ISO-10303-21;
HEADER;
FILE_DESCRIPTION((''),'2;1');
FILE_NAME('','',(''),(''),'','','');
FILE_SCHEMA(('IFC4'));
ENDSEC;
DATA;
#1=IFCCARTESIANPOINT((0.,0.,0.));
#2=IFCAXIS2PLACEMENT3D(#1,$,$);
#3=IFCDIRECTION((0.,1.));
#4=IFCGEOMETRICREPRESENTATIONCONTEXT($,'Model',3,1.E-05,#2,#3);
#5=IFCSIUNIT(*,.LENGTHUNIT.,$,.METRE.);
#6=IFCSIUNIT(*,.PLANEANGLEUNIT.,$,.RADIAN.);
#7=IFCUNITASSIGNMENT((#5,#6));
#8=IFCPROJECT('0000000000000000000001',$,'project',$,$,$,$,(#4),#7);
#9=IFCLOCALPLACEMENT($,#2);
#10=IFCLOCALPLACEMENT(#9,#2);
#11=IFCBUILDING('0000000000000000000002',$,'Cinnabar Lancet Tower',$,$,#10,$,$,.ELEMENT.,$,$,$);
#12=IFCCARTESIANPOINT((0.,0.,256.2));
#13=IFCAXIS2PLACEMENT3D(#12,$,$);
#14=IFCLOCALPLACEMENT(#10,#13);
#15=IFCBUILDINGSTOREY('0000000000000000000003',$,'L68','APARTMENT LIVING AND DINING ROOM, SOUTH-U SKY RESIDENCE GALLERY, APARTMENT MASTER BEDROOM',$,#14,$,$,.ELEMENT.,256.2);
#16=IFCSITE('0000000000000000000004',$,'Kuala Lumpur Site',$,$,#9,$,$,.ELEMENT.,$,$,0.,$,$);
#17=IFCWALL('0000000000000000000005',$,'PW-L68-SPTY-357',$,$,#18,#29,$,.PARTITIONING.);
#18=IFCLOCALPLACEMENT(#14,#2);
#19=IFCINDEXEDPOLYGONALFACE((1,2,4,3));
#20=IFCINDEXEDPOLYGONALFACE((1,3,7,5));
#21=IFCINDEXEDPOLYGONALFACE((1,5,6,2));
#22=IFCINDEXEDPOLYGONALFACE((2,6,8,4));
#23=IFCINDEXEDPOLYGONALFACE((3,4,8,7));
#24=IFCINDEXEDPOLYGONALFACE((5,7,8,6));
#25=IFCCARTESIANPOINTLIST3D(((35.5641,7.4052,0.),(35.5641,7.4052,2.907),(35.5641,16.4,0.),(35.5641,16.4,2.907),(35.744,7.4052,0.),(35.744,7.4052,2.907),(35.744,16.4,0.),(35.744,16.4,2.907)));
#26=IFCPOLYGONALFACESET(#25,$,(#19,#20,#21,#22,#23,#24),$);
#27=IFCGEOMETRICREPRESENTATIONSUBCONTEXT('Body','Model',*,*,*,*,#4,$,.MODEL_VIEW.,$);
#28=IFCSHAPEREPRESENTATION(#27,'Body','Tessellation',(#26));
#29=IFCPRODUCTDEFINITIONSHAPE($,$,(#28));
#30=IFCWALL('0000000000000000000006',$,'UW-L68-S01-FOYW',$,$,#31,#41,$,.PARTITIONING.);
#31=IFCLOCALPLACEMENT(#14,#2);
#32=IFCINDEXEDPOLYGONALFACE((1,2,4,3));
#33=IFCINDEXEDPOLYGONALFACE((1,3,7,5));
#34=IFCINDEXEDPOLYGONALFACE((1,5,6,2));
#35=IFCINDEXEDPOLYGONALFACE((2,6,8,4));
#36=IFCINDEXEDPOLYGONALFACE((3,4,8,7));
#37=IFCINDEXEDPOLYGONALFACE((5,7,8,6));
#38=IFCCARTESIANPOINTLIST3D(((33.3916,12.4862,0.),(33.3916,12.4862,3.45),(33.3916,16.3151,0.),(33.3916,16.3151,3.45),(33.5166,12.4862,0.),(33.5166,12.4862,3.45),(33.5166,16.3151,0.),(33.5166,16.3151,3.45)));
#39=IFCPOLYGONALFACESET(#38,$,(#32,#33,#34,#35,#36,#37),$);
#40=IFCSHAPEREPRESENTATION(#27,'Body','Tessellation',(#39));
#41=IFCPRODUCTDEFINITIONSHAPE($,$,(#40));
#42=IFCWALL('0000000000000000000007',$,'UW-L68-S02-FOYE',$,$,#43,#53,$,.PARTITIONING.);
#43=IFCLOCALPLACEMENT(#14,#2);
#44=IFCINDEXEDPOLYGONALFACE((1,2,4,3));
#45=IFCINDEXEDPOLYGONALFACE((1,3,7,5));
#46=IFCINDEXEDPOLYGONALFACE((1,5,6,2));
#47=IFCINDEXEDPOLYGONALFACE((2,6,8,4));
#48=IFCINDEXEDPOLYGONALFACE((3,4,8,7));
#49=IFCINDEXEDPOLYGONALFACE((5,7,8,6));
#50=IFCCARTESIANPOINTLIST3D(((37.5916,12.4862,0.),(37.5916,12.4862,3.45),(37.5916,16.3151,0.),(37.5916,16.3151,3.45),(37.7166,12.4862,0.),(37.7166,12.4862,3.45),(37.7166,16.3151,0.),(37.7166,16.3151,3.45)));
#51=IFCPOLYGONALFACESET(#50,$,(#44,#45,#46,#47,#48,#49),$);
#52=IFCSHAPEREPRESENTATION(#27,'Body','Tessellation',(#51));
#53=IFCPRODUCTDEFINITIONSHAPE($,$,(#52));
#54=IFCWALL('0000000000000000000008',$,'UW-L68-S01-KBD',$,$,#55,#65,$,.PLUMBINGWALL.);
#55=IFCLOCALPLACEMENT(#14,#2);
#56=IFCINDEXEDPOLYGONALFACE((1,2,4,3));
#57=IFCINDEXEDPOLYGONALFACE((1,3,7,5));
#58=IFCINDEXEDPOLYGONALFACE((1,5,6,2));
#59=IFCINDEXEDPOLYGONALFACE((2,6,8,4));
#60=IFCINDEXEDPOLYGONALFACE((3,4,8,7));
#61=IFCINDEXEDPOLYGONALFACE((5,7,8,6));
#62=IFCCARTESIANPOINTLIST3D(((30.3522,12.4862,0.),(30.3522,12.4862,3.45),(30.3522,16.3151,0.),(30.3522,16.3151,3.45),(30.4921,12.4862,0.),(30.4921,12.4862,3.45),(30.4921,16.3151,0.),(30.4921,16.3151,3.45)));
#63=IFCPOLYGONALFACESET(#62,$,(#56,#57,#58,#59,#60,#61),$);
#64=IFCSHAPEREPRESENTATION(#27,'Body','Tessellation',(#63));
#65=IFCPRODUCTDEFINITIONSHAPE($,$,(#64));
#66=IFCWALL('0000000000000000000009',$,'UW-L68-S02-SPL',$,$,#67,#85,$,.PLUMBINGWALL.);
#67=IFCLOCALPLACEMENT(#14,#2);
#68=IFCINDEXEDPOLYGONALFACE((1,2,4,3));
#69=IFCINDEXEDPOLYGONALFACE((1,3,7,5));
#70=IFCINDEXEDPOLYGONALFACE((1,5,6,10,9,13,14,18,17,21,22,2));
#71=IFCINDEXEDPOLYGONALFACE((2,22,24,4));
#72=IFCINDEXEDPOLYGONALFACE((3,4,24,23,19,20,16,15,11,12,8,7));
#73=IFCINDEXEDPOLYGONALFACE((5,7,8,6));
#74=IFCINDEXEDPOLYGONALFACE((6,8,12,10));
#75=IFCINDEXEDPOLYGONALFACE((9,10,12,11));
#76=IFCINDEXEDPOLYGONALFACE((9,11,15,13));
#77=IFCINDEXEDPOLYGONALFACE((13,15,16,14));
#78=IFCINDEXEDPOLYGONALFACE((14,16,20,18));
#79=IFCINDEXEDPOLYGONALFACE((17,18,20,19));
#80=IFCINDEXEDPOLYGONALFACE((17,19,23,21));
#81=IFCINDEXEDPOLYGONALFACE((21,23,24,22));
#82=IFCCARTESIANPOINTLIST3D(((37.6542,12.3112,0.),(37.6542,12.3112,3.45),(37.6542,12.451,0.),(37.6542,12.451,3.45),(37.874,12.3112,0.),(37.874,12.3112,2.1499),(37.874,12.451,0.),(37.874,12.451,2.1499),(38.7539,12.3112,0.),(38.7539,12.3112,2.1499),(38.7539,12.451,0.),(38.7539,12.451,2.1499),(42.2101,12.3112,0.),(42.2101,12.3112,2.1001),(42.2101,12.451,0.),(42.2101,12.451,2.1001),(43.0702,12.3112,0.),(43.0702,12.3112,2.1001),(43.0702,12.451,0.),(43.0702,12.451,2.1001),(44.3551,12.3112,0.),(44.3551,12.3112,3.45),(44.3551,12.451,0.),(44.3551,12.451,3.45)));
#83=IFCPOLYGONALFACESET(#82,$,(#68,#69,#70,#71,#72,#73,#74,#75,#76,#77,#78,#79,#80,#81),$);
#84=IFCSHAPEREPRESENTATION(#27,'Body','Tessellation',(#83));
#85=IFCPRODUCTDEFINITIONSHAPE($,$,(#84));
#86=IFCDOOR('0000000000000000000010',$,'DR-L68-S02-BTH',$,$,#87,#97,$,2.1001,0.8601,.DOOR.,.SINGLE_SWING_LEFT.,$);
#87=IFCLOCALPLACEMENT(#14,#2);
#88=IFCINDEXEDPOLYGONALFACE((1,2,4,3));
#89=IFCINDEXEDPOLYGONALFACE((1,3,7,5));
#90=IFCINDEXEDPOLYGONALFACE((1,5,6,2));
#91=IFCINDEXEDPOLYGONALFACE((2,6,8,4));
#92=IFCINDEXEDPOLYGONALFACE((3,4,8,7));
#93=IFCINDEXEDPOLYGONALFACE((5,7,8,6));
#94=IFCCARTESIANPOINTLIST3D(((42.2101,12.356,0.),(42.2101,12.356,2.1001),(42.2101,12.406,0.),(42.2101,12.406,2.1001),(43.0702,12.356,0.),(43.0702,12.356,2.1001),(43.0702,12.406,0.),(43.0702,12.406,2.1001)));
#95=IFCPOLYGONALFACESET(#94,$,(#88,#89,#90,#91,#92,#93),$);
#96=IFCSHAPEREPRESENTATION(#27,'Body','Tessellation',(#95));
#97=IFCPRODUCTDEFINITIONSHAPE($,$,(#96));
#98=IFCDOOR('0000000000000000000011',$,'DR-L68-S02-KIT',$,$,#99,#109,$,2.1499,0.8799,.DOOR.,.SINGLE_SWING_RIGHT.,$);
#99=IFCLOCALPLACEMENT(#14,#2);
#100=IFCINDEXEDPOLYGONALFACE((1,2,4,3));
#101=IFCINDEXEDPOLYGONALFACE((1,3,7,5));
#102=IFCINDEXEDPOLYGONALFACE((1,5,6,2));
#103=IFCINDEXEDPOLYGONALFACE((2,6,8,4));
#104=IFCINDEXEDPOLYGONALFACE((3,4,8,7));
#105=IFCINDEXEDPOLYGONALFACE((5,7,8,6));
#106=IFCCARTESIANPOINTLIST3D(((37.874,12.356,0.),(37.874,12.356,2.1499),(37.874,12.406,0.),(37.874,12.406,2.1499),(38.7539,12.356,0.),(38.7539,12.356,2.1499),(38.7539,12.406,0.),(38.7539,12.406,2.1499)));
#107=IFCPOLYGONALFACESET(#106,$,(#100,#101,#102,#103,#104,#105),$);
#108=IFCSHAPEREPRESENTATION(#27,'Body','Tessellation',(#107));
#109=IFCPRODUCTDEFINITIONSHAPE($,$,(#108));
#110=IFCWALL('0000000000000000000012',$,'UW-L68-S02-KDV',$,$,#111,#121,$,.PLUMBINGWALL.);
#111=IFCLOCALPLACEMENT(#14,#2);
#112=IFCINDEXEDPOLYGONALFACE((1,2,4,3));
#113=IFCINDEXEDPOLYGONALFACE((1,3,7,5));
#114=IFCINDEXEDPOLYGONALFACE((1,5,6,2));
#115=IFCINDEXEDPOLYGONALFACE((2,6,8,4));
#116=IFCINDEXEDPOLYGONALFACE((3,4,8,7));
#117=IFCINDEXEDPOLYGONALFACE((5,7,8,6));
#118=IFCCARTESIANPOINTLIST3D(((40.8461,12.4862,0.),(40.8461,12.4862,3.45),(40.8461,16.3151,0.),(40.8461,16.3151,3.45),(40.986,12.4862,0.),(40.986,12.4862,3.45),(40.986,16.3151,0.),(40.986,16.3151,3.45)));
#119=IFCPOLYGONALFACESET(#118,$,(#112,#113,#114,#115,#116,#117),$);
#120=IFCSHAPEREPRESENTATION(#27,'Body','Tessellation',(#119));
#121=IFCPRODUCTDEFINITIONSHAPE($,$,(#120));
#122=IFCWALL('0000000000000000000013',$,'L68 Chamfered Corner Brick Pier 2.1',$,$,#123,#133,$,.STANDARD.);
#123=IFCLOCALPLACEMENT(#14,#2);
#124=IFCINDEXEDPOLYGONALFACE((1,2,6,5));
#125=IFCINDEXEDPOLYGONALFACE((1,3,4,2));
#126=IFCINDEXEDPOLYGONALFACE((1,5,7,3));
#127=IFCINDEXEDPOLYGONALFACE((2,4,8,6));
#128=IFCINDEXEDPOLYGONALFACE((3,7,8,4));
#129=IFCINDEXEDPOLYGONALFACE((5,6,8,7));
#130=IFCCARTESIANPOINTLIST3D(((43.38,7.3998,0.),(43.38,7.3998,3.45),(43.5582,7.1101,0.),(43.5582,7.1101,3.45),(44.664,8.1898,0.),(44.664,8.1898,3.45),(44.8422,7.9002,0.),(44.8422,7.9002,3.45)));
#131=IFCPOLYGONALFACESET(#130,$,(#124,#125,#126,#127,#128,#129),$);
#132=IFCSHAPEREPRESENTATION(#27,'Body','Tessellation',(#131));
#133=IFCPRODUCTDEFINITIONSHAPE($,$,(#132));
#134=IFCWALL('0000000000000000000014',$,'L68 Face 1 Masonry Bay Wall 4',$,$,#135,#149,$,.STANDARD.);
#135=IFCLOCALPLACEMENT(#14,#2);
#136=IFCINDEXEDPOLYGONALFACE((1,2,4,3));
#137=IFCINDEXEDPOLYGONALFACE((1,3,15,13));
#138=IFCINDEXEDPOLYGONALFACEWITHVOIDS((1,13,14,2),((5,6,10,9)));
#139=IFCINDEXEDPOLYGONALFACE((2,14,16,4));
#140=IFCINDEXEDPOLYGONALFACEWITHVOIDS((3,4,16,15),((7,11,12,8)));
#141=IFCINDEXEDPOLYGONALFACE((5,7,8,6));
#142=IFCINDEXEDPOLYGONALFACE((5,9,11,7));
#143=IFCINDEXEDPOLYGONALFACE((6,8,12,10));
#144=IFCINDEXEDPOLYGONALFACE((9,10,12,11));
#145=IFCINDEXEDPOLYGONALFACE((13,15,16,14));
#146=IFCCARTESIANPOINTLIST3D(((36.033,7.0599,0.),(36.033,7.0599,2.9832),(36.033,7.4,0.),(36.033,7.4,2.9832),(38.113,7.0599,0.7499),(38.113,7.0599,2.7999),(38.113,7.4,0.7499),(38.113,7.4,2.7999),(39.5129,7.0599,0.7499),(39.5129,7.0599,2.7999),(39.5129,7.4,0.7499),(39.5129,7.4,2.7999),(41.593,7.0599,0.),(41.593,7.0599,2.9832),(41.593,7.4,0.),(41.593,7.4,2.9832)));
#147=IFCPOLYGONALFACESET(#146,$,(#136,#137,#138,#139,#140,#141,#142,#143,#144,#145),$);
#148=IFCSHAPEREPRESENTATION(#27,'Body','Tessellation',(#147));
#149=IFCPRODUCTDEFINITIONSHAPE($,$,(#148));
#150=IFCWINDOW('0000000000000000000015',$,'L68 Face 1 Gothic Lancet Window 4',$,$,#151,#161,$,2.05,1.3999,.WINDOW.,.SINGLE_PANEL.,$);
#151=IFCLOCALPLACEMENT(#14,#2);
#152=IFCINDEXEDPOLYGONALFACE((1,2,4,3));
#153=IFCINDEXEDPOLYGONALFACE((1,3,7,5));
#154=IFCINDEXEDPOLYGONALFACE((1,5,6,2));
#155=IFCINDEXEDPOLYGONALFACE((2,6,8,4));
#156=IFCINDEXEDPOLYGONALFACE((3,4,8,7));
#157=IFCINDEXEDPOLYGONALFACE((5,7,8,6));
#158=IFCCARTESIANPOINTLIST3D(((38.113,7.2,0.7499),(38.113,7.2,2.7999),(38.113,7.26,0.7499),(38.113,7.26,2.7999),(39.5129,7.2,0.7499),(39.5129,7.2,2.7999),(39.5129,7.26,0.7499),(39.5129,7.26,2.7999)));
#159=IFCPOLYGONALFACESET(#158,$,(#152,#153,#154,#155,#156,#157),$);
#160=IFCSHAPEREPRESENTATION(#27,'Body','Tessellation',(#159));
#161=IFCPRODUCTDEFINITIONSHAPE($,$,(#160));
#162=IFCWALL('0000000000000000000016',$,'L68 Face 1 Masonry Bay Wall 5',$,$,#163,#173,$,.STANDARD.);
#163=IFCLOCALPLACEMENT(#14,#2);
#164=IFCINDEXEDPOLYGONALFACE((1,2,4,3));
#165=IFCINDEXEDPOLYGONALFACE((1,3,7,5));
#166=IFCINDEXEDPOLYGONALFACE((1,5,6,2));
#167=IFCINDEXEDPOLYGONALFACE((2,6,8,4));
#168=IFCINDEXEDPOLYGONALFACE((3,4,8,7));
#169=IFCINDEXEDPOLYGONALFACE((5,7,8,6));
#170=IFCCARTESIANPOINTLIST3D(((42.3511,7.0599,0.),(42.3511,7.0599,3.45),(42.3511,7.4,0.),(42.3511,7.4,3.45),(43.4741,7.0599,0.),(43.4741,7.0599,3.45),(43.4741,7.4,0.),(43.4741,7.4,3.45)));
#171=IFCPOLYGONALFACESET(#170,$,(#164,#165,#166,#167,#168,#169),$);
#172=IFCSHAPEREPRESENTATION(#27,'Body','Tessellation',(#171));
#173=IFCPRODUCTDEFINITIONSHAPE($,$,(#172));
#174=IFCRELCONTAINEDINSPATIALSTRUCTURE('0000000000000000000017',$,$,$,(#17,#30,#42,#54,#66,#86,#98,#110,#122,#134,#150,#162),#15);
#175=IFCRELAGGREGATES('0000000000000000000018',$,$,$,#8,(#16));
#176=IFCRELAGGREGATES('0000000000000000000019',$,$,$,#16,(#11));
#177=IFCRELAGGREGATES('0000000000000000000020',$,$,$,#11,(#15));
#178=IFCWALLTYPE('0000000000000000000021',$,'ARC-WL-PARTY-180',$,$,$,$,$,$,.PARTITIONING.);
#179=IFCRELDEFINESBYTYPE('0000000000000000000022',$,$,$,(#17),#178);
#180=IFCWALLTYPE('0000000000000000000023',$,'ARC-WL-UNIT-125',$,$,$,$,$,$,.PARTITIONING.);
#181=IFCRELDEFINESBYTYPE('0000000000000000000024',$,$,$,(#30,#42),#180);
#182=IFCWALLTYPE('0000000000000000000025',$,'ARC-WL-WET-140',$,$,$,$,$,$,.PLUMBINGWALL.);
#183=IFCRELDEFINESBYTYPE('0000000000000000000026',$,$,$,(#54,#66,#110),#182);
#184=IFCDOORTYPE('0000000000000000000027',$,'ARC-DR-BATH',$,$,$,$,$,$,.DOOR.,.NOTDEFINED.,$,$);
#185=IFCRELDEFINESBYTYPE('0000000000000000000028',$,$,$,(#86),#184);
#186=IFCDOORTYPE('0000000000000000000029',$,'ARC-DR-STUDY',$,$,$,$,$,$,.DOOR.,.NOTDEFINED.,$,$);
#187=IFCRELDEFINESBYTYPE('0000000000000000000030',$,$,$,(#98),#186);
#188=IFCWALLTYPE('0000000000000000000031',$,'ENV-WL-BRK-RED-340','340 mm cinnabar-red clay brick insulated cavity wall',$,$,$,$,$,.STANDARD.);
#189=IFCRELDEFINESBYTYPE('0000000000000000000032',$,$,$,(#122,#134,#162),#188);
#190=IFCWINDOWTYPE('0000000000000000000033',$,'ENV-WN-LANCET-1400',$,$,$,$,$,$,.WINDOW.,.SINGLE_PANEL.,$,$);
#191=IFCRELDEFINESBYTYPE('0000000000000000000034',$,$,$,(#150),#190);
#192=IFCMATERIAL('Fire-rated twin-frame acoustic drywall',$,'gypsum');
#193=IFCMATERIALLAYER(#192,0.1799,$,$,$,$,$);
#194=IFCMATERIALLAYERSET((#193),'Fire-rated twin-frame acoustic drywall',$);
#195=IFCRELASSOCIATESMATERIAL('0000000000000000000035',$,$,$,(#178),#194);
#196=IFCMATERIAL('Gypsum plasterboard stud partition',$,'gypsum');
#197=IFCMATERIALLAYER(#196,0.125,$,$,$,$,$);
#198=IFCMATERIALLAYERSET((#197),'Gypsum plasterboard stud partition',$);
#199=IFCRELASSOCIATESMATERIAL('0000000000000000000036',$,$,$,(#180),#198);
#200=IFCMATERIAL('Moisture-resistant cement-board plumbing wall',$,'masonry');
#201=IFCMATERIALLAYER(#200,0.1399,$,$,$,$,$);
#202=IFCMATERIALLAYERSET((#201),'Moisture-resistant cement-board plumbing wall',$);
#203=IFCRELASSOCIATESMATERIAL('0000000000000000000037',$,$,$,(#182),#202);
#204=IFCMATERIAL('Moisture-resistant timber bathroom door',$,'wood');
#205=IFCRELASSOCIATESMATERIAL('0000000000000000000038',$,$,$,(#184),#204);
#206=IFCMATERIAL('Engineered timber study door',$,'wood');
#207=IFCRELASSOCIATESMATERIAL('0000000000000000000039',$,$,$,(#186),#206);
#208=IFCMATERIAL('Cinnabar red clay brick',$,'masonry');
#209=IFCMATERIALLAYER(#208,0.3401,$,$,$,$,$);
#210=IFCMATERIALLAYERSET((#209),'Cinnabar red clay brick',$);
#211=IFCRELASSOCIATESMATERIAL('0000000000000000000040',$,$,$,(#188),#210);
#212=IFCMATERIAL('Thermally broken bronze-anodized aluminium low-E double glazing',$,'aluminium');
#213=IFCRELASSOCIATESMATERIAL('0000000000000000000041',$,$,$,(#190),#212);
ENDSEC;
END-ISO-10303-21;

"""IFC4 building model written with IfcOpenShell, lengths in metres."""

from ifc_helpers import new_model, si_unit, direction, frame, frame_2d, origin, place, context, subcontext, project, spatial, rectangle, extrude, material, layer, layer_set, type_object, element, fill, save


model = new_model("IFC4")

# Units and contexts
model_context = context("Model", 3, precision=1e-05, world=origin(), true_north=direction((0.0, 1.0)))
body_context = subcontext(model_context, "Body", "Model", "MODEL_VIEW")
ifc_project = project(units=[si_unit("LENGTHUNIT", "METRE"), si_unit("PLANEANGLEUNIT", "RADIAN")], contexts=[model_context])

# Site, building, storey
site_placement = place(None, origin())
site = spatial("IfcSite", under=ifc_project, at=site_placement, Name="Kuala Lumpur Site", CompositionType="ELEMENT", RefElevation=0.0)
building_placement = place(site_placement, origin())
building = spatial("IfcBuilding", under=site, at=building_placement, Name="Cinnabar Lancet Tower", CompositionType="ELEMENT")
storey_placement = place(building_placement, frame((0.0, 0.0, 256.2)))
storey = spatial("IfcBuildingStorey", under=building, at=storey_placement, Name="L68", Description="APARTMENT LIVING AND DINING ROOM, SOUTH-U SKY RESIDENCE GALLERY, APARTMENT MASTER BEDROOM", CompositionType="ELEMENT", Elevation=256.2)

# Walls
ifc_material_1 = material(Name="Fire-rated twin-frame acoustic drywall", Category="gypsum")
ifc_layer_1 = layer(ifc_material_1, 0.1799)
ifc_layer_set_1 = layer_set([ifc_layer_1], Name="Fire-rated twin-frame acoustic drywall")
wall_type_1 = type_object("IfcWallType", Name="ARC-WL-PARTY-180", PredefinedType="PARTITIONING", material=ifc_layer_set_1)
wall_1_placement = place(storey_placement, frame((35.6541, 7.405, 0.0), z_axis=(0.0, 0.0, 1.0), x_axis=(0.0, 1.0, 0.0)))
element("IfcWall", 1, at=wall_1_placement, inside=storey, type_object=wall_type_1, Name="PW-L68-SPTY-357", PredefinedType="PARTITIONING", context=body_context, shape_type="SweptSolid", body=[
    extrude(rectangle(XDim=8.9949, YDim=0.1799, at=frame_2d((4.4976, 0.0))), origin(), (0.0, 0.0, 1.0), 2.907),
])
ifc_material_2 = material(Name="Gypsum plasterboard stud partition", Category="gypsum")
ifc_layer_2 = layer(ifc_material_2, 0.125)
ifc_layer_set_2 = layer_set([ifc_layer_2], Name="Gypsum plasterboard stud partition")
wall_type_2 = type_object("IfcWallType", Name="ARC-WL-UNIT-125", PredefinedType="PARTITIONING", material=ifc_layer_set_2)
for number, where, z_axis, x_axis, name in (
    (2, (33.4541, 12.4861, 0.0), (0.0, 0.0, 1.0), (0.0, 1.0, 0.0), "UW-L68-S01-FOYW"),
    (3, (37.6541, 12.4861, 0.0), (0.0, 0.0, 1.0), (0.0, 1.0, 0.0), "UW-L68-S02-FOYE"),
):
    element("IfcWall", number, at=place(storey_placement, frame(where, z_axis=z_axis, x_axis=x_axis)), inside=storey, type_object=wall_type_2, Name=name, PredefinedType="PARTITIONING", context=body_context, shape_type="SweptSolid", body=[
        extrude(rectangle(XDim=3.8289, YDim=0.125, at=frame_2d((1.9146, 0.0))), origin(), (0.0, 0.0, 1.0), 3.45),
    ])
ifc_material_3 = material(Name="Moisture-resistant cement-board plumbing wall", Category="masonry")
ifc_layer_3 = layer(ifc_material_3, 0.1399)
ifc_layer_set_3 = layer_set([ifc_layer_3], Name="Moisture-resistant cement-board plumbing wall")
wall_type_3 = type_object("IfcWallType", Name="ARC-WL-WET-140", PredefinedType="PLUMBINGWALL", material=ifc_layer_set_3)
wall_2_placement = place(storey_placement, frame((30.4221, 12.4861, 0.0), z_axis=(0.0, 0.0, 1.0), x_axis=(0.0, 1.0, 0.0)))
element("IfcWall", 4, at=wall_2_placement, inside=storey, type_object=wall_type_3, Name="UW-L68-S01-KBD", PredefinedType="PLUMBINGWALL", context=body_context, shape_type="SweptSolid", body=[
    extrude(rectangle(XDim=3.8289, YDim=0.1399, at=frame_2d((1.9146, 0.0))), origin(), (0.0, 0.0, 1.0), 3.45),
])

# Wall, openings, doors
wall_3_placement = place(storey_placement, frame((37.6541, 12.3811, 0.0), z_axis=(0.0, 0.0, 1.0), x_axis=(1.0, 0.0, 0.0)))
wall_3 = element("IfcWall", 5, at=wall_3_placement, inside=storey, type_object=wall_type_3, Name="UW-L68-S02-SPL", PredefinedType="PLUMBINGWALL", context=body_context, shape_type="SweptSolid", body=[
    extrude(rectangle(XDim=6.7009, YDim=0.1399, at=frame_2d((3.3506, 0.0))), origin(), (0.0, 0.0, 1.0), 3.45),
])
opening_1_placement = place(wall_3_placement, frame((4.5559, 0.0, 0.0)))
opening_1 = element("IfcOpeningElement", 6, at=opening_1_placement, cuts=wall_3, PredefinedType="OPENING", context=body_context, shape_type="SweptSolid", body=[
    extrude(rectangle(XDim=0.8601, YDim=2.1001, at=frame_2d((0.4302, 1.05))), frame((0.0, 0.0798, 0.0), z_axis=(0.0, -1.0, 0.0), x_axis=(1.0, 0.0, 0.0)), (0.0, 0.0, 1.0), 0.1599),
])
opening_2_placement = place(wall_3_placement, frame((0.22, 0.0, 0.0)))
opening_2 = element("IfcOpeningElement", 7, at=opening_2_placement, cuts=wall_3, PredefinedType="OPENING", context=body_context, shape_type="SweptSolid", body=[
    extrude(rectangle(XDim=0.8799, YDim=2.1499, at=frame_2d((0.4399, 1.075))), frame((0.0, 0.0798, 0.0), z_axis=(0.0, -1.0, 0.0), x_axis=(1.0, 0.0, 0.0)), (0.0, 0.0, 1.0), 0.1599),
])
ifc_material_4 = material(Name="Moisture-resistant timber bathroom door", Category="wood")
door_type_1 = type_object("IfcDoorType", Name="ARC-DR-BATH", OperationType="NOTDEFINED", PredefinedType="DOOR", material=ifc_material_4)
door_1_placement = place(opening_1_placement, origin())
door_1 = element("IfcDoor", 8, at=door_1_placement, inside=storey, type_object=door_type_1, Name="DR-L68-S02-BTH", OperationType="SINGLE_SWING_LEFT", OverallHeight=2.1001, OverallWidth=0.8601, PredefinedType="DOOR", context=body_context, shape_type="SweptSolid", body=[
    extrude(rectangle(XDim=0.8601, YDim=2.1001, at=frame_2d((0.4302, 1.05))), frame((0.0, 0.0249, 0.0), z_axis=(0.0, -1.0, 0.0), x_axis=(1.0, 0.0, 0.0)), (0.0, 0.0, 1.0), 0.05),
])
fill(opening_1, door_1)
ifc_material_5 = material(Name="Engineered timber study door", Category="wood")
door_type_2 = type_object("IfcDoorType", Name="ARC-DR-STUDY", OperationType="NOTDEFINED", PredefinedType="DOOR", material=ifc_material_5)
door_2_placement = place(opening_2_placement, origin())
door_2 = element("IfcDoor", 9, at=door_2_placement, inside=storey, type_object=door_type_2, Name="DR-L68-S02-KIT", OperationType="SINGLE_SWING_RIGHT", OverallHeight=2.1499, OverallWidth=0.8799, PredefinedType="DOOR", context=body_context, shape_type="SweptSolid", body=[
    extrude(rectangle(XDim=0.8799, YDim=2.1499, at=frame_2d((0.4399, 1.075))), frame((0.0, 0.0249, 0.0), z_axis=(0.0, -1.0, 0.0), x_axis=(1.0, 0.0, 0.0)), (0.0, 0.0, 1.0), 0.05),
])
fill(opening_2, door_2)

# Walls
wall_4_placement = place(storey_placement, frame((40.916, 12.4861, 0.0), z_axis=(0.0, 0.0, 1.0), x_axis=(0.0, 1.0, 0.0)))
element("IfcWall", 10, at=wall_4_placement, inside=storey, type_object=wall_type_3, Name="UW-L68-S02-KDV", PredefinedType="PLUMBINGWALL", context=body_context, shape_type="SweptSolid", body=[
    extrude(rectangle(XDim=3.8289, YDim=0.1399, at=frame_2d((1.9146, 0.0))), origin(), (0.0, 0.0, 1.0), 3.45),
])
ifc_material_6 = material(Name="Cinnabar red clay brick", Category="masonry")
ifc_layer_4 = layer(ifc_material_6, 0.3401)
ifc_layer_set_4 = layer_set([ifc_layer_4], Name="Cinnabar red clay brick")
wall_type_4 = type_object("IfcWallType", Name="ENV-WL-BRK-RED-340", Description="340 mm cinnabar-red clay brick insulated cavity wall", PredefinedType="STANDARD", material=ifc_layer_set_4)
wall_5_placement = place(storey_placement, frame((43.469, 7.2549, 0.0), z_axis=(0.0, 0.0, 1.0), x_axis=(0.851681, 0.524061, 0.0)))
element("IfcWall", 11, at=wall_5_placement, inside=storey, type_object=wall_type_4, Name="L68 Chamfered Corner Brick Pier 2.1", PredefinedType="STANDARD", context=body_context, shape_type="SweptSolid", body=[
    extrude(rectangle(XDim=1.5076, YDim=0.3401, at=frame_2d((0.7539, 0.0))), origin(), (0.0, 0.0, 1.0), 3.45),
])

# Wall, opening, window
wall_6_placement = place(storey_placement, frame((36.033, 7.23, 0.0), z_axis=(0.0, 0.0, 1.0), x_axis=(1.0, 0.0, 0.0)))
wall_6 = element("IfcWall", 12, at=wall_6_placement, inside=storey, type_object=wall_type_4, Name="L68 Face 1 Masonry Bay Wall 4", PredefinedType="STANDARD", context=body_context, shape_type="SweptSolid", body=[
    extrude(rectangle(XDim=5.5601, YDim=0.3401, at=frame_2d((2.78, 0.0))), origin(), (0.0, 0.0, 1.0), 2.9832),
])
opening_3_placement = place(wall_6_placement, frame((2.0801, 0.0, 0.75)))
opening_3 = element("IfcOpeningElement", 13, at=opening_3_placement, cuts=wall_6, PredefinedType="OPENING", context=body_context, shape_type="SweptSolid", body=[
    extrude(rectangle(XDim=1.3999, YDim=2.05, at=frame_2d((0.7, 1.0249))), frame((0.0, 0.1799, 0.0), z_axis=(0.0, -1.0, 0.0), x_axis=(1.0, 0.0, 0.0)), (0.0, 0.0, 1.0), 0.3601),
])
ifc_material_7 = material(Name="Thermally broken bronze-anodized aluminium low-E double glazing", Category="aluminium")
window_type = type_object("IfcWindowType", Name="ENV-WN-LANCET-1400", PartitioningType="SINGLE_PANEL", PredefinedType="WINDOW", material=ifc_material_7)
window_placement = place(opening_3_placement, origin())
window = element("IfcWindow", 14, at=window_placement, inside=storey, type_object=window_type, Name="L68 Face 1 Gothic Lancet Window 4", OverallHeight=2.05, OverallWidth=1.3999, PartitioningType="SINGLE_PANEL", PredefinedType="WINDOW", context=body_context, shape_type="SweptSolid", body=[
    extrude(rectangle(XDim=1.3999, YDim=2.05, at=frame_2d((0.7, 1.0249))), frame((0.0, 0.03, 0.0), z_axis=(0.0, -1.0, 0.0), x_axis=(1.0, 0.0, 0.0)), (0.0, 0.0, 1.0), 0.0601),
])
fill(opening_3, window)

# Wall
wall_7_placement = place(storey_placement, frame((42.3511, 7.23, 0.0), z_axis=(0.0, 0.0, 1.0), x_axis=(1.0, 0.0, 0.0)))
element("IfcWall", 15, at=wall_7_placement, inside=storey, type_object=wall_type_4, Name="L68 Face 1 Masonry Bay Wall 5", PredefinedType="STANDARD", context=body_context, shape_type="SweptSolid", body=[
    extrude(rectangle(XDim=1.123, YDim=0.3401, at=frame_2d((0.5615, 0.0))), origin(), (0.0, 0.0, 1.0), 3.45),
])

save(model, "model.ifc")
